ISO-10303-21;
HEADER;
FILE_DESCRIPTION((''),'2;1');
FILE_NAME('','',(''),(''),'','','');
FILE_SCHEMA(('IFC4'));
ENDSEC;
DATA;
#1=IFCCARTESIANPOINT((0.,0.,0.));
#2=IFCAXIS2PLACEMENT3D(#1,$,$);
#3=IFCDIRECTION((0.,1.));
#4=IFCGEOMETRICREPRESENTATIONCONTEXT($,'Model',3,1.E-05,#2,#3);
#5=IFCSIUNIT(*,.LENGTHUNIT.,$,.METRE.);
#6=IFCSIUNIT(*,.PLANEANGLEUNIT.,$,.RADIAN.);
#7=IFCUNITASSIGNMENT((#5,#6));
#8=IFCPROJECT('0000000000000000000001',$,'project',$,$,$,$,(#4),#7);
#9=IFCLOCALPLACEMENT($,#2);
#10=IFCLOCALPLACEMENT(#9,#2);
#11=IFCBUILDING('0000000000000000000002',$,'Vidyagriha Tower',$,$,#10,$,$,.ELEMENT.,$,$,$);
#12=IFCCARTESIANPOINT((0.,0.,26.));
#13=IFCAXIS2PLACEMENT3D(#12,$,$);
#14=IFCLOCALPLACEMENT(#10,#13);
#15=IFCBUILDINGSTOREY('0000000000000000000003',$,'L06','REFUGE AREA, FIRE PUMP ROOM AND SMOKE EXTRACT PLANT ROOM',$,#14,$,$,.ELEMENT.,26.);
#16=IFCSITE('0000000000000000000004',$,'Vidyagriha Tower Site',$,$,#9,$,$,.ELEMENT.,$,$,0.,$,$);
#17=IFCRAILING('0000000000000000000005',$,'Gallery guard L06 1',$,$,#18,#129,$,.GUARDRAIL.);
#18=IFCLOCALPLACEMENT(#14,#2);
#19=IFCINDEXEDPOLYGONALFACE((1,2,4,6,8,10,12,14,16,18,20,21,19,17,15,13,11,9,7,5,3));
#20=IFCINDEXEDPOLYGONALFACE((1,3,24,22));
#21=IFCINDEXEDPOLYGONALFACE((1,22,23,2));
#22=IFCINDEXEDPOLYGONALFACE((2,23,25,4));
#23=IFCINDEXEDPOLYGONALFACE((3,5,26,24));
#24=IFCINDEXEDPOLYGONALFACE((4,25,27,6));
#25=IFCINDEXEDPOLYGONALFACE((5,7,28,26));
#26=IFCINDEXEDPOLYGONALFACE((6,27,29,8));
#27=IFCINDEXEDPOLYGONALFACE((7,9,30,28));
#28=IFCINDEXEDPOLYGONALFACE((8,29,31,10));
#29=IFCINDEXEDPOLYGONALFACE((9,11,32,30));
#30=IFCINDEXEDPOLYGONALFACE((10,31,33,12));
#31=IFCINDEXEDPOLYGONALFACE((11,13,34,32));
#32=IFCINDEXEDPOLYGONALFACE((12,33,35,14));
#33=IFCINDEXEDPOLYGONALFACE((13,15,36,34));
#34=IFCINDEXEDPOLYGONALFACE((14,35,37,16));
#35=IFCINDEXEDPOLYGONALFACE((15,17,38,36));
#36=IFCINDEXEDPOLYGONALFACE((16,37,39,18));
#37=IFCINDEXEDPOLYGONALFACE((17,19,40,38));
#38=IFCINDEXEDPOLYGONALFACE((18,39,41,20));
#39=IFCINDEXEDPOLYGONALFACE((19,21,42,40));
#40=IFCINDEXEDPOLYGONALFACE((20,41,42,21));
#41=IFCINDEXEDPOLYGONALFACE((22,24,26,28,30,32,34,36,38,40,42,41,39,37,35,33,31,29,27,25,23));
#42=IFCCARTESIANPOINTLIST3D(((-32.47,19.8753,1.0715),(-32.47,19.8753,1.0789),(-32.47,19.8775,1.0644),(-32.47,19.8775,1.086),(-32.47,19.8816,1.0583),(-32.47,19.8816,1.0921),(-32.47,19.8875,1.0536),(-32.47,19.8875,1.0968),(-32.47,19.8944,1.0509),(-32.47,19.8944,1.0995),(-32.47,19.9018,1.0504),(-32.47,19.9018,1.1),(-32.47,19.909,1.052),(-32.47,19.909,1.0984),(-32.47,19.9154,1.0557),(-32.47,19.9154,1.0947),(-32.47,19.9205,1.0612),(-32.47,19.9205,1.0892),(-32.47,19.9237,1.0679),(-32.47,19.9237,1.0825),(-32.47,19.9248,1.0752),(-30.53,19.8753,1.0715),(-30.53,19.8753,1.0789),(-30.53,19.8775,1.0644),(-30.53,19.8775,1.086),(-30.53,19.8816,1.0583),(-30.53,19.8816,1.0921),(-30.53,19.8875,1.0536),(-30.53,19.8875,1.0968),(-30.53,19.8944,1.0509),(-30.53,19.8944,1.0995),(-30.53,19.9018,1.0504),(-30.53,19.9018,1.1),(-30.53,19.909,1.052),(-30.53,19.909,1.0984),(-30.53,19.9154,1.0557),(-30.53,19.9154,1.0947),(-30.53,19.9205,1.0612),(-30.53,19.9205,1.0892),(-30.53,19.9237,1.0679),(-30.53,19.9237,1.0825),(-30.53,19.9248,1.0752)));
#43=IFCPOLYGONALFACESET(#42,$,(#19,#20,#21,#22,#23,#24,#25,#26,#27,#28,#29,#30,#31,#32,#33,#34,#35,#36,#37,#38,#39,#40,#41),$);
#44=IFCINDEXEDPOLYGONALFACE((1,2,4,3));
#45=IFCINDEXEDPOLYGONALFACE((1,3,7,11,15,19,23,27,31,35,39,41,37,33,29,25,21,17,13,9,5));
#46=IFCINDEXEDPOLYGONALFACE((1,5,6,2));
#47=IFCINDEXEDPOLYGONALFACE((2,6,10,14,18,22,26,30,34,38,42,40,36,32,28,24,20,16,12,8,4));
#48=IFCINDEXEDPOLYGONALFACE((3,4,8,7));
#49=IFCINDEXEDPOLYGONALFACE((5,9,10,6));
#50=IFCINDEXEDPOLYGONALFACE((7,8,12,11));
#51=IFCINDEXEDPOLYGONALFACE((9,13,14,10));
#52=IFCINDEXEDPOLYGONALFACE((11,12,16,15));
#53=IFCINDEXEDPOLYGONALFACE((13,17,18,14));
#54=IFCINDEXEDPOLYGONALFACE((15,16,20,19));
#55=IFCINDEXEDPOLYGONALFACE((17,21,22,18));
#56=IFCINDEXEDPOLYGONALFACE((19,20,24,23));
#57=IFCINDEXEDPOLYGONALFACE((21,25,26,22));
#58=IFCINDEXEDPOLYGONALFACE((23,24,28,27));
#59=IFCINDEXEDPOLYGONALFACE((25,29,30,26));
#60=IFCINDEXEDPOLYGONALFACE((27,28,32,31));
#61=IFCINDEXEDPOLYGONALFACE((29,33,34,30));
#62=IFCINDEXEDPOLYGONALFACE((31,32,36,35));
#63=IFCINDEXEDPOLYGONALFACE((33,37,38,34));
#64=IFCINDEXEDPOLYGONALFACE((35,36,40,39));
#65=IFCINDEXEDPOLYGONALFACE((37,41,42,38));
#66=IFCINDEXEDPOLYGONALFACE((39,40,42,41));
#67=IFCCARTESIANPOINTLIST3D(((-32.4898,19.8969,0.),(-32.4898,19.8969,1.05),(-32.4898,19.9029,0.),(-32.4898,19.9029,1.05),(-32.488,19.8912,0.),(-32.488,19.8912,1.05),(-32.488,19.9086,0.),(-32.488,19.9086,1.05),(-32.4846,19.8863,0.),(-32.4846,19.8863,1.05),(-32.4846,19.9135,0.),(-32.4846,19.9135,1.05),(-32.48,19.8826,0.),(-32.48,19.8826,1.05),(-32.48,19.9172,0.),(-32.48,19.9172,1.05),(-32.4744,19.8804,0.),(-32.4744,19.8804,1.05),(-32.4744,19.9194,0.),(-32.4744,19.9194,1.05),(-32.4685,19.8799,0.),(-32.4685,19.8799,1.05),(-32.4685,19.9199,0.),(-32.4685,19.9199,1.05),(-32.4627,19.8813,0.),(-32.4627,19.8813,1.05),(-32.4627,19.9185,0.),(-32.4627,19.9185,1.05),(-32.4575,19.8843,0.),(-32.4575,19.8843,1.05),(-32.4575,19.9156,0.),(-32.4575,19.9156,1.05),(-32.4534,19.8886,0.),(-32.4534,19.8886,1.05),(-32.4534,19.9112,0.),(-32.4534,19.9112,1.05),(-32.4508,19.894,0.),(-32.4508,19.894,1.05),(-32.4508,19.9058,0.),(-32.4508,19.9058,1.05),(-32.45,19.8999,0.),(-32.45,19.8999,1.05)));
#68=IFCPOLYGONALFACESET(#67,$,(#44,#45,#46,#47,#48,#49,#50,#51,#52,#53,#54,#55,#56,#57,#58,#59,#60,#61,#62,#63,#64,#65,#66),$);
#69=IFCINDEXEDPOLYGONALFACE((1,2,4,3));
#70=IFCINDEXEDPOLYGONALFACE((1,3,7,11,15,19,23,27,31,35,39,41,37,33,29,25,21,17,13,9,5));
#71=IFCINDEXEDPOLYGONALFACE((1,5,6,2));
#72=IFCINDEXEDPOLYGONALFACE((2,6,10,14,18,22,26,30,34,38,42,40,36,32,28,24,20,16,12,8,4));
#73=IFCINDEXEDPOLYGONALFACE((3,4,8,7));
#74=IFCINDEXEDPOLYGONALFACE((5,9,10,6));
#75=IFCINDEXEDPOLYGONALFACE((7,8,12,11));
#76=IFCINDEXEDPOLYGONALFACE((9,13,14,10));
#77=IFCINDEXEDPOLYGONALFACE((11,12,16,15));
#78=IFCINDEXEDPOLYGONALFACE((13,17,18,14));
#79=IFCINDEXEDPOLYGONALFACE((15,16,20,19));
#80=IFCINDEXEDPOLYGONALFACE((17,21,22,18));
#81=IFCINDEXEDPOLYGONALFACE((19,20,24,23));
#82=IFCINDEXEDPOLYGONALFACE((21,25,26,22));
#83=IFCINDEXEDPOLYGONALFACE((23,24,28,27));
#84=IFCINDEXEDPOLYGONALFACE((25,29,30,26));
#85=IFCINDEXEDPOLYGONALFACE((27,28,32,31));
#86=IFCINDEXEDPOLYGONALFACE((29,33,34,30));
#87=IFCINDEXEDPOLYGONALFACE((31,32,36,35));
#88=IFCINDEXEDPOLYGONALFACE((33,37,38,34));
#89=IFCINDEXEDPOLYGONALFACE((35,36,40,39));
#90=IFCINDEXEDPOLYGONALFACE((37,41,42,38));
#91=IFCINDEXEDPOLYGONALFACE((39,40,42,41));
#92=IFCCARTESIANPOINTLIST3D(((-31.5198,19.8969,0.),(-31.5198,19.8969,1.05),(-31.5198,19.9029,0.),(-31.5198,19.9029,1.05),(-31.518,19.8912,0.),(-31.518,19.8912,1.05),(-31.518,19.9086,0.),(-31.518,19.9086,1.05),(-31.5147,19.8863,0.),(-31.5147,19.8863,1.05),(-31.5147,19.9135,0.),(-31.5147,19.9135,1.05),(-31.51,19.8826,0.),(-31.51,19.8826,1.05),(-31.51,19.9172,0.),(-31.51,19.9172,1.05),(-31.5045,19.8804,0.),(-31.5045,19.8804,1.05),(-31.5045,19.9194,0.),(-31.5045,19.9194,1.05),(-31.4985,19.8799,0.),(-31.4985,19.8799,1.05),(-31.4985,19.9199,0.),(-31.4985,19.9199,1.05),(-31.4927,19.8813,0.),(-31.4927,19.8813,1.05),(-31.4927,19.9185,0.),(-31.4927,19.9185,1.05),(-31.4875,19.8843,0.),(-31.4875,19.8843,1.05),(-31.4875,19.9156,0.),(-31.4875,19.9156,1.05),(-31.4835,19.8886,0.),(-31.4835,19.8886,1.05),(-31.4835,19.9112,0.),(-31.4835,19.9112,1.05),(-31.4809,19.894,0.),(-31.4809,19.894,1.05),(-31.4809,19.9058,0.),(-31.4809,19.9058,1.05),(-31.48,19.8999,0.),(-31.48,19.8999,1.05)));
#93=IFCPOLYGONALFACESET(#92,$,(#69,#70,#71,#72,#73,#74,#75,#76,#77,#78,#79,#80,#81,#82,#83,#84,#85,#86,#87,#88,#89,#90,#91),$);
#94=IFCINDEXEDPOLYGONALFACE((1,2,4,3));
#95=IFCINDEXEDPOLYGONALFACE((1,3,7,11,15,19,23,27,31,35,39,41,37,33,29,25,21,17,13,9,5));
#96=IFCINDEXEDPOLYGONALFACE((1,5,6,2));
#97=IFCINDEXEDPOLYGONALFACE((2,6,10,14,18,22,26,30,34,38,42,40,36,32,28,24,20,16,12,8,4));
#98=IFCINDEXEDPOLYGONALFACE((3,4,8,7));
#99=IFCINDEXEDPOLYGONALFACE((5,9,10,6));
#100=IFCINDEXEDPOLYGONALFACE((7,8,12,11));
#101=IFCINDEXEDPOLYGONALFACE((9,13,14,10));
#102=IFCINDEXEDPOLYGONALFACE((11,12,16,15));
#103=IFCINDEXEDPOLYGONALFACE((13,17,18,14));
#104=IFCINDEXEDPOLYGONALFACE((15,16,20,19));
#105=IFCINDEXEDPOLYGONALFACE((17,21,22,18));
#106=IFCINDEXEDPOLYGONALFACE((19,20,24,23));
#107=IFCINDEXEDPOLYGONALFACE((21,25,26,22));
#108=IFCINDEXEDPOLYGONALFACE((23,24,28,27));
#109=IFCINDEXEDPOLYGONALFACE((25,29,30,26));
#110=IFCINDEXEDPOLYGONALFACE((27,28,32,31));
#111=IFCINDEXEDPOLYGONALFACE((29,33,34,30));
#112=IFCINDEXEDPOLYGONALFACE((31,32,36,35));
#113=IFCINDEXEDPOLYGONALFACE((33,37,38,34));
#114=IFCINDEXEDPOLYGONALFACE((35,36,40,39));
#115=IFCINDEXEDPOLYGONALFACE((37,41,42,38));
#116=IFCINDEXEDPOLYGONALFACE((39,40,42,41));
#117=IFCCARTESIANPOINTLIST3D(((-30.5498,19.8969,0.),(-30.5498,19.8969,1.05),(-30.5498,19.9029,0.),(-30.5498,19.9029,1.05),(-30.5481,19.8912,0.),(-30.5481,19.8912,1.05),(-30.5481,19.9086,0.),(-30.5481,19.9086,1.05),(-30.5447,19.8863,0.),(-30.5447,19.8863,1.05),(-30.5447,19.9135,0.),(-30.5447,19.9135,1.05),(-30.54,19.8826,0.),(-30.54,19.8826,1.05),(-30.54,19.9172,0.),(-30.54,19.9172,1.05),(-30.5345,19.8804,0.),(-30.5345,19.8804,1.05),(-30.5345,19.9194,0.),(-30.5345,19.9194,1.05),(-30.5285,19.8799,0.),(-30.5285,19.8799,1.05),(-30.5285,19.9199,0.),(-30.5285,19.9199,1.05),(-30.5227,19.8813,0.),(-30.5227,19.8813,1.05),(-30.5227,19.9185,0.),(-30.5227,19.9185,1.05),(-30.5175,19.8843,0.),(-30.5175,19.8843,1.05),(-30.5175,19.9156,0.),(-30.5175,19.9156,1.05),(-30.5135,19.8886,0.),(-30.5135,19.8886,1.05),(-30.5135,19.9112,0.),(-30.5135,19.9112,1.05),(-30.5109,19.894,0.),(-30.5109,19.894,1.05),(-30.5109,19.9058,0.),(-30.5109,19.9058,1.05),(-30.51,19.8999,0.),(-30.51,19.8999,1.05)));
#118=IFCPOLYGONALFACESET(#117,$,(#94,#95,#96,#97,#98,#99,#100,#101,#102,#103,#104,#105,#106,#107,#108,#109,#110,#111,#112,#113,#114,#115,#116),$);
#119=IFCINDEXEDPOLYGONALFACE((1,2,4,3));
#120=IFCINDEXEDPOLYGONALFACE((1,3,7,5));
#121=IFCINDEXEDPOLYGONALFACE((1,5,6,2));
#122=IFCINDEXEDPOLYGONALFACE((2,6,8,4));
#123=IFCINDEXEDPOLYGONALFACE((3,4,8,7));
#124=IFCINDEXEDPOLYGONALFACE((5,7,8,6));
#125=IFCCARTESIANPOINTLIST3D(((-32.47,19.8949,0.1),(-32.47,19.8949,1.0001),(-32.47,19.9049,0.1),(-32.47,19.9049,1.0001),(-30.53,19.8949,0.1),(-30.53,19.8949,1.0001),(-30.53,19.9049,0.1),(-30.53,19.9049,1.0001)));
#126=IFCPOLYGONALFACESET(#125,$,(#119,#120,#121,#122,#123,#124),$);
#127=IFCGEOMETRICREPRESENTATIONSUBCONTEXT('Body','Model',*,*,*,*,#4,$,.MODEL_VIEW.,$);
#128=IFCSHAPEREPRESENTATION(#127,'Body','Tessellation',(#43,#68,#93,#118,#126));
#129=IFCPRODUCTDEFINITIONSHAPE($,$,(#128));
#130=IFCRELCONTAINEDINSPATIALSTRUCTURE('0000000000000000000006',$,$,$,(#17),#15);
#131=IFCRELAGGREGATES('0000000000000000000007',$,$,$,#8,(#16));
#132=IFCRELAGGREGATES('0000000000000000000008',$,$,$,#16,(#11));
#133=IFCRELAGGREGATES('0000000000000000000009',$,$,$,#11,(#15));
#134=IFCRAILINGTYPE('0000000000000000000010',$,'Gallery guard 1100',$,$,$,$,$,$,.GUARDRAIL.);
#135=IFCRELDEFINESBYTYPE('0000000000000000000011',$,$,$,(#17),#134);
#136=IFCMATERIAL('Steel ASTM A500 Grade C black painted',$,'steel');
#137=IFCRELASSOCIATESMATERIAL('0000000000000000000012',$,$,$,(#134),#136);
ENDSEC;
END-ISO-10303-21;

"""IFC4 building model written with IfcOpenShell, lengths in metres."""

from ifc_helpers import new_model, si_unit, direction, frame, origin, origin_2d, place, context, subcontext, project, spatial, rectangle, circle, extrude, material, type_object, element, save


model = new_model("IFC4")

# Units and contexts
model_context = context("Model", 3, precision=1e-05, world=origin(), true_north=direction((0.0, 1.0)))
body_context = subcontext(model_context, "Body", "Model", "MODEL_VIEW")
ifc_project = project(units=[si_unit("LENGTHUNIT", "METRE"), si_unit("PLANEANGLEUNIT", "RADIAN")], contexts=[model_context])

# Site, building, storey
site_placement = place(None, origin())
site = spatial("IfcSite", under=ifc_project, at=site_placement, Name="Vidyagriha Tower Site", CompositionType="ELEMENT", RefElevation=0.0)
building_placement = place(site_placement, origin())
building = spatial("IfcBuilding", under=site, at=building_placement, Name="Vidyagriha Tower", CompositionType="ELEMENT")
storey_placement = place(building_placement, frame((0.0, 0.0, 26.0)))
storey = spatial("IfcBuildingStorey", under=building, at=storey_placement, Name="L06", Description="REFUGE AREA, FIRE PUMP ROOM AND SMOKE EXTRACT PLANT ROOM", CompositionType="ELEMENT", Elevation=26.0)

# Railing
ifc_material_1 = material(Name="Steel ASTM A500 Grade C black painted", Category="steel")
railing_type = type_object("IfcRailingType", Name="Gallery guard 1100", PredefinedType="GUARDRAIL", material=ifc_material_1)
railing_1_placement = place(storey_placement, frame((-32.47, 19.8999, 0.0)))
element("IfcRailing", 1, at=railing_1_placement, inside=storey, type_object=railing_type, Name="Gallery guard L06 1", PredefinedType="GUARDRAIL", context=body_context, shape_type="SweptSolid", body=[
    extrude(circle(Radius=0.0249, at=origin_2d()), frame((0.0, 0.0, 1.0752), z_axis=(1.0, 0.0, 0.0), x_axis=(0.0, 1.0, 0.0)), (0.0, 0.0, 1.0), 1.9399),
    extrude(circle(Radius=0.02, at=origin_2d()), origin(), (0.0, 0.0, 1.0), 1.05),
    extrude(circle(Radius=0.02, at=origin_2d()), frame((0.97, 0.0, 0.0)), (0.0, 0.0, 1.0), 1.05),
    extrude(circle(Radius=0.02, at=origin_2d()), frame((1.9399, 0.0, 0.0)), (0.0, 0.0, 1.0), 1.05),
    extrude(rectangle(XDim=0.01, YDim=0.9001, at=origin_2d()), frame((0.0, 0.0, 0.55), z_axis=(1.0, 0.0, 0.0), x_axis=(0.0, 1.0, 0.0)), (0.0, 0.0, 1.0), 1.9399),
])

save(model, "model.ifc")
